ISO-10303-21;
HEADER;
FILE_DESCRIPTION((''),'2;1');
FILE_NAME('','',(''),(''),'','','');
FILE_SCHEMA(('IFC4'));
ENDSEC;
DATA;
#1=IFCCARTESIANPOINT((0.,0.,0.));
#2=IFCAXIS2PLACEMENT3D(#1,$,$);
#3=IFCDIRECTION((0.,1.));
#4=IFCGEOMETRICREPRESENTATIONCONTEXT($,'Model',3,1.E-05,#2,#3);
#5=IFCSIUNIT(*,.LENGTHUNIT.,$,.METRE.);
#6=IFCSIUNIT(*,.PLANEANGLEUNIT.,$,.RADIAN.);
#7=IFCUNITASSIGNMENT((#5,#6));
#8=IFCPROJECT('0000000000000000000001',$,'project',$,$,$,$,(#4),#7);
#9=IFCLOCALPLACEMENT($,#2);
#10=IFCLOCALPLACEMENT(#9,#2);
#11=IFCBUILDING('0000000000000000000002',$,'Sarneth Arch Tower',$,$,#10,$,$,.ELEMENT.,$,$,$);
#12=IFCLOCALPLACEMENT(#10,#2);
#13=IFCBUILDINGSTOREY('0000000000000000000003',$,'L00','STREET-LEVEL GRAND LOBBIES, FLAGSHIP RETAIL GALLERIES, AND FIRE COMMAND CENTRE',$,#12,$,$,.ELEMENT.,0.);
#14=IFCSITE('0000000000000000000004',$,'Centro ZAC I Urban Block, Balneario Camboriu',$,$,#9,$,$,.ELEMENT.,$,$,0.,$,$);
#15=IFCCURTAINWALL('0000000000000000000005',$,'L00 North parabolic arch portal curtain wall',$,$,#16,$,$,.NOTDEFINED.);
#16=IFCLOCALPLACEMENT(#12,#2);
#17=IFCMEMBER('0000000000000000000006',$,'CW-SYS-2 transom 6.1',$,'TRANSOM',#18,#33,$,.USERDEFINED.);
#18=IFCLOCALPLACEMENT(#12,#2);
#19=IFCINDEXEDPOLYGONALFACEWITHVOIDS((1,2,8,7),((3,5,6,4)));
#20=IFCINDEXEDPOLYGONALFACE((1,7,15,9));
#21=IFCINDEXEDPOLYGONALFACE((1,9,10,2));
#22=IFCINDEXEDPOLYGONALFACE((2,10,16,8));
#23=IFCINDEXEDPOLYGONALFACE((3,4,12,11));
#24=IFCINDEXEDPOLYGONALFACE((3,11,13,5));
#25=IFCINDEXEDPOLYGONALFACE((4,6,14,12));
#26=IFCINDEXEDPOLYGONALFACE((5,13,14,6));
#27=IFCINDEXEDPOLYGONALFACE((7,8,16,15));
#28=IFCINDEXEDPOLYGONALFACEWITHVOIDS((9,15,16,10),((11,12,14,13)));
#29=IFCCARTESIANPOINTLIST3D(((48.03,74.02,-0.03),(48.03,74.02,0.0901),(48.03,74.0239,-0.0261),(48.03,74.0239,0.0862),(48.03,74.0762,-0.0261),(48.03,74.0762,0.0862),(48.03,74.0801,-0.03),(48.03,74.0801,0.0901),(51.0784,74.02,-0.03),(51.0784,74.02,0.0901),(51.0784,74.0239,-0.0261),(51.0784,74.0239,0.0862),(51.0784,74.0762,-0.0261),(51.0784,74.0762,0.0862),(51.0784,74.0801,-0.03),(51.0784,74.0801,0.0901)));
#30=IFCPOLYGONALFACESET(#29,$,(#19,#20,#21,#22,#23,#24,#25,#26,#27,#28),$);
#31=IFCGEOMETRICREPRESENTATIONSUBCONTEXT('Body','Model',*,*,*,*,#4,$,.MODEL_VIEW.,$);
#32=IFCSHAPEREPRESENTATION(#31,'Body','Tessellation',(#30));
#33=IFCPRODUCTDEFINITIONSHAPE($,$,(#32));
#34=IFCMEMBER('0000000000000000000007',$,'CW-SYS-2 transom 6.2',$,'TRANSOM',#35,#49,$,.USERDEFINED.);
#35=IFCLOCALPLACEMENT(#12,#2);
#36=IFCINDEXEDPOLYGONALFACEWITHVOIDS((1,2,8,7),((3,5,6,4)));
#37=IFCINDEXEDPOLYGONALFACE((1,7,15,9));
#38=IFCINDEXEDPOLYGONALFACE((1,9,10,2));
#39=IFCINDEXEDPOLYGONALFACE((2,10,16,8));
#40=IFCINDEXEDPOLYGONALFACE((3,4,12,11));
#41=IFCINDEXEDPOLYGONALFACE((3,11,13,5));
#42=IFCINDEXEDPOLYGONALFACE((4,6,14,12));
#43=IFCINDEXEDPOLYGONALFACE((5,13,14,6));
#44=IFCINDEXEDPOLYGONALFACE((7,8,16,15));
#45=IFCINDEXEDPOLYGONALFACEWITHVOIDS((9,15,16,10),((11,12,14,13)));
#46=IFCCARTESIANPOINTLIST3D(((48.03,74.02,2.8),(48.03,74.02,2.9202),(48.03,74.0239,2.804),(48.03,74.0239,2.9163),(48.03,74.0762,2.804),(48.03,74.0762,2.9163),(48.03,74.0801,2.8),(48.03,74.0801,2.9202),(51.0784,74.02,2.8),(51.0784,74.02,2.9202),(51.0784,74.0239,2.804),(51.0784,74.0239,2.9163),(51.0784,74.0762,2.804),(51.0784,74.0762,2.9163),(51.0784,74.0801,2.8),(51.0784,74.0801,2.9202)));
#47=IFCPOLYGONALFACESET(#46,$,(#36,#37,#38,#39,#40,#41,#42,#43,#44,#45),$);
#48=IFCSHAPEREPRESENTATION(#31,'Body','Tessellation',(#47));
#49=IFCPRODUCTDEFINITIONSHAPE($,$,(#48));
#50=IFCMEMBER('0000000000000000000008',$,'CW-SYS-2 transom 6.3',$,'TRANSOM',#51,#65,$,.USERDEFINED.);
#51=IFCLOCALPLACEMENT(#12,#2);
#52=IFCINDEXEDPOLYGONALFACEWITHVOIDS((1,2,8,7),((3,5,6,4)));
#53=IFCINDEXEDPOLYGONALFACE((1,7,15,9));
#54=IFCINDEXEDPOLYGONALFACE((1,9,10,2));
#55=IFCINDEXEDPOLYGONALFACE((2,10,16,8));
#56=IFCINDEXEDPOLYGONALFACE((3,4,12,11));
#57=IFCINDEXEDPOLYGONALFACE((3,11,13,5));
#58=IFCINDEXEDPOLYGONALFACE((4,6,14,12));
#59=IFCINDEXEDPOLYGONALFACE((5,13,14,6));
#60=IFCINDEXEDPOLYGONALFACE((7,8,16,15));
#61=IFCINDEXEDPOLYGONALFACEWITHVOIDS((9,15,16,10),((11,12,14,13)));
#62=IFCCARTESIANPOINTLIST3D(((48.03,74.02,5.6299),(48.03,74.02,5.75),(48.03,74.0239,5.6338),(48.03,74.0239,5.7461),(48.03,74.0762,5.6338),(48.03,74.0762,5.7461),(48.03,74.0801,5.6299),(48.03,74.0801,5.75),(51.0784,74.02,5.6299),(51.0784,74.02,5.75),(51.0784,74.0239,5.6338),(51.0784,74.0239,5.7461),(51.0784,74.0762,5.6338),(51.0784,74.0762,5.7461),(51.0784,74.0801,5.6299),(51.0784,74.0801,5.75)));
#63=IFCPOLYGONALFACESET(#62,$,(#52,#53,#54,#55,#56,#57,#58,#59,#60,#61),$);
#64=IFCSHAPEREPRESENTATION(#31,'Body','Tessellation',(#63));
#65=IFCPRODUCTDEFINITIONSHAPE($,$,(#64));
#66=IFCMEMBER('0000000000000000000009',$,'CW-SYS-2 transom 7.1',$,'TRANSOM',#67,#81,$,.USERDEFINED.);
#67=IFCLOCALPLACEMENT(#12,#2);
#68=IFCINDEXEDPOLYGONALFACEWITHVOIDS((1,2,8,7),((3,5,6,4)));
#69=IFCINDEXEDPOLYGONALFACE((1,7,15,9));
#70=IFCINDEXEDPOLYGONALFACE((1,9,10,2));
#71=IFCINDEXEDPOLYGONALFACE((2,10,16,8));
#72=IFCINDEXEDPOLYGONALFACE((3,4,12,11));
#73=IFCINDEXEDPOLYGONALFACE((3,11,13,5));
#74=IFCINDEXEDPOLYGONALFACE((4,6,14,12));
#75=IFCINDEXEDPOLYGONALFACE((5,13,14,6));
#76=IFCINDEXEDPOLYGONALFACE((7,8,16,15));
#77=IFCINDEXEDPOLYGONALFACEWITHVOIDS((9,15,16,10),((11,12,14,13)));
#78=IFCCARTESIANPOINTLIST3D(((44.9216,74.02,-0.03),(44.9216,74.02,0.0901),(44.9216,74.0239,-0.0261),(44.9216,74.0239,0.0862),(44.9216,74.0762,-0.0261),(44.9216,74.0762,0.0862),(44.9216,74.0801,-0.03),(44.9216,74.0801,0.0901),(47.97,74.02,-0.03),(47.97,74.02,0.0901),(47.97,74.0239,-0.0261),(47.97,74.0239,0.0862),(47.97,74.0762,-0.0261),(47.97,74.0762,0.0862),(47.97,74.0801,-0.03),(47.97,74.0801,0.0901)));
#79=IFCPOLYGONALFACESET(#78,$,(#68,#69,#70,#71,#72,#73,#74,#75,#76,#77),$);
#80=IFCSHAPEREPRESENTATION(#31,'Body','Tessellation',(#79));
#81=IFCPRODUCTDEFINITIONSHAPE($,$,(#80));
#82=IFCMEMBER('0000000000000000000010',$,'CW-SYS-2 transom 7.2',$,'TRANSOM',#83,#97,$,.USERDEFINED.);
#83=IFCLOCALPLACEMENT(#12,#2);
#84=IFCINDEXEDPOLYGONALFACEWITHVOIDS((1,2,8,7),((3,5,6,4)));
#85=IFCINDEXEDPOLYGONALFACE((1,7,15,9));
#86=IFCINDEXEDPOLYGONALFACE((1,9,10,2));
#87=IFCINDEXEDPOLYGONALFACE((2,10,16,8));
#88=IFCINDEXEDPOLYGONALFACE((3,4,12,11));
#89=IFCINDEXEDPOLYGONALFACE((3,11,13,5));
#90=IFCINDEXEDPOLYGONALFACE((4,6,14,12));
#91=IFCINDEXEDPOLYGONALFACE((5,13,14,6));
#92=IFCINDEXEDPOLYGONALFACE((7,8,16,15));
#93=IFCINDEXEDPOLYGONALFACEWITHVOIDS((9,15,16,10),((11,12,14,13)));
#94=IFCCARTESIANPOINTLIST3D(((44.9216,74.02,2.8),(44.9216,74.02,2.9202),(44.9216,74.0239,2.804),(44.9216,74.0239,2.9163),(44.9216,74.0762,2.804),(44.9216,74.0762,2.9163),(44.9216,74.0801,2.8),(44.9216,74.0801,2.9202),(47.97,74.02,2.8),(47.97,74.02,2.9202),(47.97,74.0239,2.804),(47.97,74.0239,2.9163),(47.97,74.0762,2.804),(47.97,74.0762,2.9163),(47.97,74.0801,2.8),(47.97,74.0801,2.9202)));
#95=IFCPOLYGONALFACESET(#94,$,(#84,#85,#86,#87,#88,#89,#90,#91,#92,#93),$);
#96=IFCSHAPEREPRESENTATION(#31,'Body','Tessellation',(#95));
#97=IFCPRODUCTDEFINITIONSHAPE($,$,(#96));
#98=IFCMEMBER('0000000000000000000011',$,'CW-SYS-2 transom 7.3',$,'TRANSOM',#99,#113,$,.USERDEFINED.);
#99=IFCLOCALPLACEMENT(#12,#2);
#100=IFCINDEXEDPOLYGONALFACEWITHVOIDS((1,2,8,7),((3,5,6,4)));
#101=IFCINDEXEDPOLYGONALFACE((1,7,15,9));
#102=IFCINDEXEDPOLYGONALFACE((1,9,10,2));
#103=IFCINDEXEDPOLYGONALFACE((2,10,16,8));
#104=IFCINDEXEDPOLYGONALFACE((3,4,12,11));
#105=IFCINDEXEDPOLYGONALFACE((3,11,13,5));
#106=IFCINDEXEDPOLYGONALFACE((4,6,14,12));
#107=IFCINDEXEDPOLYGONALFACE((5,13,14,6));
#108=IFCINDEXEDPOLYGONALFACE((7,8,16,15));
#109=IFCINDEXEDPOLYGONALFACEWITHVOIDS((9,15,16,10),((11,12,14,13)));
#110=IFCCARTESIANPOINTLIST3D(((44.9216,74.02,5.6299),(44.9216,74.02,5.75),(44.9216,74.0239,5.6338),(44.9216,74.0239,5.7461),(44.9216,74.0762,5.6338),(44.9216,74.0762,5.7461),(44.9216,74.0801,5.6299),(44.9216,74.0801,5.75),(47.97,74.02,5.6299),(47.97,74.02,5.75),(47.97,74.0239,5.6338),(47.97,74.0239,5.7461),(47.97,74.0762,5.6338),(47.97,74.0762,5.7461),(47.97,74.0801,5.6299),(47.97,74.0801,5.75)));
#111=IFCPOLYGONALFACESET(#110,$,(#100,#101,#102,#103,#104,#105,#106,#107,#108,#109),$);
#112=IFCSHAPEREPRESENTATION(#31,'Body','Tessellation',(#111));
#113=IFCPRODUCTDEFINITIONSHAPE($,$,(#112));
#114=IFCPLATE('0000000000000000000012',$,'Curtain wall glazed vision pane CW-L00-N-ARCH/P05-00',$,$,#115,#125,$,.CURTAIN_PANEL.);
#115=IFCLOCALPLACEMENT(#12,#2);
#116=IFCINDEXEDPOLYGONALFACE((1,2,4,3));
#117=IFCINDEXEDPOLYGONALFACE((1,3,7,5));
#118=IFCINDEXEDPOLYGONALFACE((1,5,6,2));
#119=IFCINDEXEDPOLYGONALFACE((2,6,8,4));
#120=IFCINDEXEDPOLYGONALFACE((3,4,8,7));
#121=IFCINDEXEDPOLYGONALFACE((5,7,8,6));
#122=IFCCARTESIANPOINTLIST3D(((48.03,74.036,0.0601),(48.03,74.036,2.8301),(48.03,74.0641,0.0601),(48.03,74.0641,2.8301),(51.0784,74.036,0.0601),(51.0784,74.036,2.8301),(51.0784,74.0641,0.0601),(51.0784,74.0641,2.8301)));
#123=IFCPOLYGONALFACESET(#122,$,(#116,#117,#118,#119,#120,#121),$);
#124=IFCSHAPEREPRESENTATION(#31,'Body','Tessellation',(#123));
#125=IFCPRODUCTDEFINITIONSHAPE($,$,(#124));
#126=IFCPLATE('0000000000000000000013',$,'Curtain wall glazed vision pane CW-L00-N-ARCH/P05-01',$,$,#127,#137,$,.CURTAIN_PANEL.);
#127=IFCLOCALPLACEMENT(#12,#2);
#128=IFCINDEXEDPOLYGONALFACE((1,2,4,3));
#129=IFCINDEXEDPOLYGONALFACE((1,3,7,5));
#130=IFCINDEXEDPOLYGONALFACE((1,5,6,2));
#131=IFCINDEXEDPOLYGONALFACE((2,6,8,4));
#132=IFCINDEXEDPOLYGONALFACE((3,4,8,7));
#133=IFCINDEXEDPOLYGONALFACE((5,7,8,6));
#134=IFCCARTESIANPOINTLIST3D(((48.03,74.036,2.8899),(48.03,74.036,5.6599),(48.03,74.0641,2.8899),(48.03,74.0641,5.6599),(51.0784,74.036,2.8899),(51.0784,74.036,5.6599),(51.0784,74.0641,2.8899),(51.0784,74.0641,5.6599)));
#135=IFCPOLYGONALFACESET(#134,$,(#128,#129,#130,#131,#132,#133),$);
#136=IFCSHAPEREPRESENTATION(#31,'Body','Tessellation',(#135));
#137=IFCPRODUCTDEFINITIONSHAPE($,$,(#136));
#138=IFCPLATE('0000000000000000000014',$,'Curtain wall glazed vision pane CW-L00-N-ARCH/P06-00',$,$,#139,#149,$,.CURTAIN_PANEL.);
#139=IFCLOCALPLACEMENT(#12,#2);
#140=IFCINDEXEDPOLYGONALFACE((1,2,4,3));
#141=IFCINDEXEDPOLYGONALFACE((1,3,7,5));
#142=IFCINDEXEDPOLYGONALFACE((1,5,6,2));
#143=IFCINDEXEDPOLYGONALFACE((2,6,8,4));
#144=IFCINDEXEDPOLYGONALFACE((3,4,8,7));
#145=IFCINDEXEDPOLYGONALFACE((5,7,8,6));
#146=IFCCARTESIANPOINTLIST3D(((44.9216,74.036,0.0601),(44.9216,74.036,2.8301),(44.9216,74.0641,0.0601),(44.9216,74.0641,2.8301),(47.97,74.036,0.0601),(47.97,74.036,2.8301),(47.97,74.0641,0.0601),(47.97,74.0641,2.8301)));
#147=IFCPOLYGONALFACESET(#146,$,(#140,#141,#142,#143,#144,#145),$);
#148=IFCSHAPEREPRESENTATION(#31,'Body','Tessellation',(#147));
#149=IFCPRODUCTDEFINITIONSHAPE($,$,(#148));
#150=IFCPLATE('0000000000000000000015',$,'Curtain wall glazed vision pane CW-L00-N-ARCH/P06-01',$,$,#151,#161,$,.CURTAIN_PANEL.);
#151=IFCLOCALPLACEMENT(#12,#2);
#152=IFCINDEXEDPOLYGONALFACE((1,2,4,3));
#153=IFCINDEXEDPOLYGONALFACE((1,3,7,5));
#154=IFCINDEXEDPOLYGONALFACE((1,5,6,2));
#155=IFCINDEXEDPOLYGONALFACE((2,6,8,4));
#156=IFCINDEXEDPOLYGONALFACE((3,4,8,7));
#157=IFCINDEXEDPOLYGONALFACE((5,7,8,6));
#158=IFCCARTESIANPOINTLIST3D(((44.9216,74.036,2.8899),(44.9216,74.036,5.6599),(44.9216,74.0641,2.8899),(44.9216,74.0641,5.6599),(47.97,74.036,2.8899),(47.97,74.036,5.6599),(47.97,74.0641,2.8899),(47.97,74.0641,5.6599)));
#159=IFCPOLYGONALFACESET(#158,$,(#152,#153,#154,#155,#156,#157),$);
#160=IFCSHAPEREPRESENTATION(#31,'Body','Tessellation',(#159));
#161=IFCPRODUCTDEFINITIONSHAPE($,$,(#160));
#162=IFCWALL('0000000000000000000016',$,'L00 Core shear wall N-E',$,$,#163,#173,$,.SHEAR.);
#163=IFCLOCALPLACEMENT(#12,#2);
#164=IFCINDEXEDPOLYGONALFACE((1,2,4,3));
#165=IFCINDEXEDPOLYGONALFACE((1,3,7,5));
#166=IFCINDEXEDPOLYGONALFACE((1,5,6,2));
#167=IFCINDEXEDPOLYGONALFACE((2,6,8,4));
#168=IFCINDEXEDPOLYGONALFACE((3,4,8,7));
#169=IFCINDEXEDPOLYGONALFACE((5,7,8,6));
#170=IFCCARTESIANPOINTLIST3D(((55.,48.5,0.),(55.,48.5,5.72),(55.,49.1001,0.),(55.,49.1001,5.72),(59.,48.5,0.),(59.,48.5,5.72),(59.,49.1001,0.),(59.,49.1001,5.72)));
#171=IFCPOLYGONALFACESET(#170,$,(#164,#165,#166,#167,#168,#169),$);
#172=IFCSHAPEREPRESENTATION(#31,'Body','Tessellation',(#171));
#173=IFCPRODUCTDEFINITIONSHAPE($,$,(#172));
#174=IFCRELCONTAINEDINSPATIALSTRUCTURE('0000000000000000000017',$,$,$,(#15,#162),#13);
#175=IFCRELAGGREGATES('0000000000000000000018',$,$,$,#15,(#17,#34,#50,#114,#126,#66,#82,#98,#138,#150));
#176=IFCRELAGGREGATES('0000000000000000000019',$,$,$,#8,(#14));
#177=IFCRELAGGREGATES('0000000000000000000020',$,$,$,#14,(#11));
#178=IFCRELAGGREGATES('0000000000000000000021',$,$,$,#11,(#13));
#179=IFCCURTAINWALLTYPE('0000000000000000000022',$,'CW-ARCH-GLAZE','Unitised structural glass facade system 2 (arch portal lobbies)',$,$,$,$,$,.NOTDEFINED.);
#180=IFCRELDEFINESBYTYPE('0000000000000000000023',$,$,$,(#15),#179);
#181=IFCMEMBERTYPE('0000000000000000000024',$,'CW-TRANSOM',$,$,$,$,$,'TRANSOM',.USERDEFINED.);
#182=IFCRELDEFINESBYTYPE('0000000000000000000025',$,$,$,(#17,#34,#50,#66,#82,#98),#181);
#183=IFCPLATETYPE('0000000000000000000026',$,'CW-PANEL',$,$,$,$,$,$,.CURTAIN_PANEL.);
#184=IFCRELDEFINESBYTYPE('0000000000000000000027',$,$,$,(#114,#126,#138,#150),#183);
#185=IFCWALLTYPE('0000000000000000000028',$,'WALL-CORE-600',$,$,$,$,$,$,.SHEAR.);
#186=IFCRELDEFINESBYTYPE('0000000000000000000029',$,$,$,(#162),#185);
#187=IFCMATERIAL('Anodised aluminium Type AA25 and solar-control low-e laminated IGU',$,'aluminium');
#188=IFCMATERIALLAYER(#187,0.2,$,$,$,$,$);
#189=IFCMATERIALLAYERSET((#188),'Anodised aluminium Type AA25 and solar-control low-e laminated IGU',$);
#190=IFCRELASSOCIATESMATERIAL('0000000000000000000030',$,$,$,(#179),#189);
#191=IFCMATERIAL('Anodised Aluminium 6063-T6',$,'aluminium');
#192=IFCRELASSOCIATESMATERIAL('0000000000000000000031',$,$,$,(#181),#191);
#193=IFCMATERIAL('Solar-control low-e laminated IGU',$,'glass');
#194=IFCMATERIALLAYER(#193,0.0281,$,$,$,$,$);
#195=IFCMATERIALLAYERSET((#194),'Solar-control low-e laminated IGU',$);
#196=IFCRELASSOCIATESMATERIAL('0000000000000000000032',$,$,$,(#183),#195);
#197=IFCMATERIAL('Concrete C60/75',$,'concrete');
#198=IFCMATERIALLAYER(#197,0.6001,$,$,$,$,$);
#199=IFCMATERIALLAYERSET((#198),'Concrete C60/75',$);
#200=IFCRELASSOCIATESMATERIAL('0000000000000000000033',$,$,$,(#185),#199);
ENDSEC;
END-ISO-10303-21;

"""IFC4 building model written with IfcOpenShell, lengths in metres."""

from ifc_helpers import new_model, si_unit, direction, frame, frame_2d, origin, origin_2d, place, context, subcontext, project, spatial, rectangle, hollow_rectangle, extrude, material, layer, layer_set, material_profile, profile_set, type_object, element, aggregate, save


model = new_model("IFC4")

# Units and contexts
model_context = context("Model", 3, precision=1e-05, world=origin(), true_north=direction((0.0, 1.0)))
body_context = subcontext(model_context, "Body", "Model", "MODEL_VIEW")
ifc_project = project(units=[si_unit("LENGTHUNIT", "METRE"), si_unit("PLANEANGLEUNIT", "RADIAN")], contexts=[model_context])

# Site, building, storey
site_placement = place(None, origin())
site = spatial("IfcSite", under=ifc_project, at=site_placement, Name="Centro ZAC I Urban Block, Balneario Camboriu", CompositionType="ELEMENT", RefElevation=0.0)
building_placement = place(site_placement, origin())
building = spatial("IfcBuilding", under=site, at=building_placement, Name="Sarneth Arch Tower", CompositionType="ELEMENT")
storey_placement = place(building_placement, origin())
storey = spatial("IfcBuildingStorey", under=building, at=storey_placement, Name="L00", Description="STREET-LEVEL GRAND LOBBIES, FLAGSHIP RETAIL GALLERIES, AND FIRE COMMAND CENTRE", CompositionType="ELEMENT", Elevation=0.0)

# Curtain wall, members, plates
ifc_material_1 = material(Name="Anodised aluminium Type AA25 and solar-control low-e laminated IGU", Category="aluminium")
ifc_layer_1 = layer(ifc_material_1, 0.2)
ifc_layer_set_1 = layer_set([ifc_layer_1], Name="Anodised aluminium Type AA25 and solar-control low-e laminated IGU")
curtain_wall_type = type_object("IfcCurtainWallType", Name="CW-ARCH-GLAZE", Description="Unitised structural glass facade system 2 (arch portal lobbies)", PredefinedType="NOTDEFINED", material=ifc_layer_set_1)
curtain_wall_placement = place(storey_placement, origin())
curtain_wall = element("IfcCurtainWall", 1, at=curtain_wall_placement, inside=storey, type_object=curtain_wall_type, Name="L00 North parabolic arch portal curtain wall", PredefinedType="NOTDEFINED")
ifc_material_2 = material(Name="Anodised Aluminium 6063-T6", Category="aluminium")
ifc_material_profile_1 = material_profile(ifc_material_2, hollow_rectangle(XDim=0.0601, YDim=0.1201, WallThickness=0.0039, at=origin_2d()), Name="AL-TRAN-120x60x4")
ifc_profile_set_1 = profile_set([ifc_material_profile_1], Name="Anodised Aluminium 6063-T6")
member_type_1 = type_object("IfcMemberType", Name="CW-TRANSOM", ElementType="TRANSOM", PredefinedType="USERDEFINED", material=ifc_profile_set_1)
member_1_placement = place(storey_placement, frame((51.0784, 74.05, 0.03), z_axis=(-1.0, 0.0, 0.0), x_axis=(0.0, -1.0, 0.0)))
member_1 = element("IfcMember", 2, at=member_1_placement, type_object=member_type_1, Name="CW-SYS-2 transom 6.1", ObjectType="TRANSOM", PredefinedType="USERDEFINED", context=body_context, shape_type="SweptSolid", body=[
    extrude(hollow_rectangle(XDim=0.0601, YDim=0.1201, WallThickness=0.0039, at=origin_2d()), origin(), (0.0, 0.0, 1.0), 3.0483),
])
member_2_placement = place(storey_placement, frame((51.0784, 74.05, 2.8601), z_axis=(-1.0, 0.0, 0.0), x_axis=(0.0, -1.0, 0.0)))
member_2 = element("IfcMember", 3, at=member_2_placement, type_object=member_type_1, Name="CW-SYS-2 transom 6.2", ObjectType="TRANSOM", PredefinedType="USERDEFINED", context=body_context, shape_type="SweptSolid", body=[
    extrude(hollow_rectangle(XDim=0.0601, YDim=0.1201, WallThickness=0.0039, at=origin_2d()), origin(), (0.0, 0.0, 1.0), 3.0483),
])
member_3_placement = place(storey_placement, frame((51.0784, 74.05, 5.6899), z_axis=(-1.0, 0.0, 0.0), x_axis=(0.0, -1.0, 0.0)))
member_3 = element("IfcMember", 4, at=member_3_placement, type_object=member_type_1, Name="CW-SYS-2 transom 6.3", ObjectType="TRANSOM", PredefinedType="USERDEFINED", context=body_context, shape_type="SweptSolid", body=[
    extrude(hollow_rectangle(XDim=0.0601, YDim=0.1201, WallThickness=0.0039, at=origin_2d()), origin(), (0.0, 0.0, 1.0), 3.0483),
])
member_4_placement = place(storey_placement, frame((47.97, 74.05, 0.03), z_axis=(-1.0, 0.0, 0.0), x_axis=(0.0, -1.0, 0.0)))
member_4 = element("IfcMember", 5, at=member_4_placement, type_object=member_type_1, Name="CW-SYS-2 transom 7.1", ObjectType="TRANSOM", PredefinedType="USERDEFINED", context=body_context, shape_type="SweptSolid", body=[
    extrude(hollow_rectangle(XDim=0.0601, YDim=0.1201, WallThickness=0.0039, at=origin_2d()), origin(), (0.0, 0.0, 1.0), 3.0483),
])
member_5_placement = place(storey_placement, frame((47.97, 74.05, 2.8601), z_axis=(-1.0, 0.0, 0.0), x_axis=(0.0, -1.0, 0.0)))
member_5 = element("IfcMember", 6, at=member_5_placement, type_object=member_type_1, Name="CW-SYS-2 transom 7.2", ObjectType="TRANSOM", PredefinedType="USERDEFINED", context=body_context, shape_type="SweptSolid", body=[
    extrude(hollow_rectangle(XDim=0.0601, YDim=0.1201, WallThickness=0.0039, at=origin_2d()), origin(), (0.0, 0.0, 1.0), 3.0483),
])
member_6_placement = place(storey_placement, frame((47.97, 74.05, 5.6899), z_axis=(-1.0, 0.0, 0.0), x_axis=(0.0, -1.0, 0.0)))
member_6 = element("IfcMember", 7, at=member_6_placement, type_object=member_type_1, Name="CW-SYS-2 transom 7.3", ObjectType="TRANSOM", PredefinedType="USERDEFINED", context=body_context, shape_type="SweptSolid", body=[
    extrude(hollow_rectangle(XDim=0.0601, YDim=0.1201, WallThickness=0.0039, at=origin_2d()), origin(), (0.0, 0.0, 1.0), 3.0483),
])
ifc_material_3 = material(Name="Solar-control low-e laminated IGU", Category="glass")
ifc_layer_2 = layer(ifc_material_3, 0.0281)
ifc_layer_set_2 = layer_set([ifc_layer_2], Name="Solar-control low-e laminated IGU")
plate_type = type_object("IfcPlateType", Name="CW-PANEL", PredefinedType="CURTAIN_PANEL", material=ifc_layer_set_2)
plate_1_placement = place(storey_placement, frame((49.5542, 74.05, 0.0601), z_axis=(0.0, 0.0, 1.0), x_axis=(-1.0, 0.0, 0.0)))
plate_1 = element("IfcPlate", 8, at=plate_1_placement, type_object=plate_type, Name="Curtain wall glazed vision pane CW-L00-N-ARCH/P05-00", PredefinedType="CURTAIN_PANEL", context=body_context, shape_type="SweptSolid", body=[
    extrude(rectangle(XDim=3.0483, YDim=0.0281, at=origin_2d()), origin(), (0.0, 0.0, 1.0), 2.77),
])
plate_2_placement = place(storey_placement, frame((49.5542, 74.05, 2.8899), z_axis=(0.0, 0.0, 1.0), x_axis=(-1.0, 0.0, 0.0)))
plate_2 = element("IfcPlate", 9, at=plate_2_placement, type_object=plate_type, Name="Curtain wall glazed vision pane CW-L00-N-ARCH/P05-01", PredefinedType="CURTAIN_PANEL", context=body_context, shape_type="SweptSolid", body=[
    extrude(rectangle(XDim=3.0483, YDim=0.0281, at=origin_2d()), origin(), (0.0, 0.0, 1.0), 2.77),
])
plate_3_placement = place(storey_placement, frame((46.4458, 74.05, 0.0601), z_axis=(0.0, 0.0, 1.0), x_axis=(-1.0, 0.0, 0.0)))
plate_3 = element("IfcPlate", 10, at=plate_3_placement, type_object=plate_type, Name="Curtain wall glazed vision pane CW-L00-N-ARCH/P06-00", PredefinedType="CURTAIN_PANEL", context=body_context, shape_type="SweptSolid", body=[
    extrude(rectangle(XDim=3.0483, YDim=0.0281, at=origin_2d()), origin(), (0.0, 0.0, 1.0), 2.77),
])
plate_4_placement = place(storey_placement, frame((46.4458, 74.05, 2.8899), z_axis=(0.0, 0.0, 1.0), x_axis=(-1.0, 0.0, 0.0)))
plate_4 = element("IfcPlate", 11, at=plate_4_placement, type_object=plate_type, Name="Curtain wall glazed vision pane CW-L00-N-ARCH/P06-01", PredefinedType="CURTAIN_PANEL", context=body_context, shape_type="SweptSolid", body=[
    extrude(rectangle(XDim=3.0483, YDim=0.0281, at=origin_2d()), origin(), (0.0, 0.0, 1.0), 2.77),
])
aggregate(curtain_wall, [member_1, member_2, member_3, plate_1, plate_2, member_4, member_5, member_6, plate_3, plate_4])

# Wall
ifc_material_4 = material(Name="Concrete C60/75", Category="concrete")
ifc_layer_3 = layer(ifc_material_4, 0.6001)
ifc_layer_set_3 = layer_set([ifc_layer_3], Name="Concrete C60/75")
wall_type_1 = type_object("IfcWallType", Name="WALL-CORE-600", PredefinedType="SHEAR", material=ifc_layer_set_3)
wall_1_placement = place(storey_placement, frame((55.0, 48.8, 0.0), z_axis=(0.0, 0.0, 1.0), x_axis=(1.0, 0.0, 0.0)))
element("IfcWall", 12, at=wall_1_placement, inside=storey, type_object=wall_type_1, Name="L00 Core shear wall N-E", PredefinedType="SHEAR", context=body_context, shape_type="SweptSolid", body=[
    extrude(rectangle(XDim=4.0, YDim=0.6001, at=frame_2d((2.0, 0.0))), origin(), (0.0, 0.0, 1.0), 5.72),
])

save(model, "model.ifc")
